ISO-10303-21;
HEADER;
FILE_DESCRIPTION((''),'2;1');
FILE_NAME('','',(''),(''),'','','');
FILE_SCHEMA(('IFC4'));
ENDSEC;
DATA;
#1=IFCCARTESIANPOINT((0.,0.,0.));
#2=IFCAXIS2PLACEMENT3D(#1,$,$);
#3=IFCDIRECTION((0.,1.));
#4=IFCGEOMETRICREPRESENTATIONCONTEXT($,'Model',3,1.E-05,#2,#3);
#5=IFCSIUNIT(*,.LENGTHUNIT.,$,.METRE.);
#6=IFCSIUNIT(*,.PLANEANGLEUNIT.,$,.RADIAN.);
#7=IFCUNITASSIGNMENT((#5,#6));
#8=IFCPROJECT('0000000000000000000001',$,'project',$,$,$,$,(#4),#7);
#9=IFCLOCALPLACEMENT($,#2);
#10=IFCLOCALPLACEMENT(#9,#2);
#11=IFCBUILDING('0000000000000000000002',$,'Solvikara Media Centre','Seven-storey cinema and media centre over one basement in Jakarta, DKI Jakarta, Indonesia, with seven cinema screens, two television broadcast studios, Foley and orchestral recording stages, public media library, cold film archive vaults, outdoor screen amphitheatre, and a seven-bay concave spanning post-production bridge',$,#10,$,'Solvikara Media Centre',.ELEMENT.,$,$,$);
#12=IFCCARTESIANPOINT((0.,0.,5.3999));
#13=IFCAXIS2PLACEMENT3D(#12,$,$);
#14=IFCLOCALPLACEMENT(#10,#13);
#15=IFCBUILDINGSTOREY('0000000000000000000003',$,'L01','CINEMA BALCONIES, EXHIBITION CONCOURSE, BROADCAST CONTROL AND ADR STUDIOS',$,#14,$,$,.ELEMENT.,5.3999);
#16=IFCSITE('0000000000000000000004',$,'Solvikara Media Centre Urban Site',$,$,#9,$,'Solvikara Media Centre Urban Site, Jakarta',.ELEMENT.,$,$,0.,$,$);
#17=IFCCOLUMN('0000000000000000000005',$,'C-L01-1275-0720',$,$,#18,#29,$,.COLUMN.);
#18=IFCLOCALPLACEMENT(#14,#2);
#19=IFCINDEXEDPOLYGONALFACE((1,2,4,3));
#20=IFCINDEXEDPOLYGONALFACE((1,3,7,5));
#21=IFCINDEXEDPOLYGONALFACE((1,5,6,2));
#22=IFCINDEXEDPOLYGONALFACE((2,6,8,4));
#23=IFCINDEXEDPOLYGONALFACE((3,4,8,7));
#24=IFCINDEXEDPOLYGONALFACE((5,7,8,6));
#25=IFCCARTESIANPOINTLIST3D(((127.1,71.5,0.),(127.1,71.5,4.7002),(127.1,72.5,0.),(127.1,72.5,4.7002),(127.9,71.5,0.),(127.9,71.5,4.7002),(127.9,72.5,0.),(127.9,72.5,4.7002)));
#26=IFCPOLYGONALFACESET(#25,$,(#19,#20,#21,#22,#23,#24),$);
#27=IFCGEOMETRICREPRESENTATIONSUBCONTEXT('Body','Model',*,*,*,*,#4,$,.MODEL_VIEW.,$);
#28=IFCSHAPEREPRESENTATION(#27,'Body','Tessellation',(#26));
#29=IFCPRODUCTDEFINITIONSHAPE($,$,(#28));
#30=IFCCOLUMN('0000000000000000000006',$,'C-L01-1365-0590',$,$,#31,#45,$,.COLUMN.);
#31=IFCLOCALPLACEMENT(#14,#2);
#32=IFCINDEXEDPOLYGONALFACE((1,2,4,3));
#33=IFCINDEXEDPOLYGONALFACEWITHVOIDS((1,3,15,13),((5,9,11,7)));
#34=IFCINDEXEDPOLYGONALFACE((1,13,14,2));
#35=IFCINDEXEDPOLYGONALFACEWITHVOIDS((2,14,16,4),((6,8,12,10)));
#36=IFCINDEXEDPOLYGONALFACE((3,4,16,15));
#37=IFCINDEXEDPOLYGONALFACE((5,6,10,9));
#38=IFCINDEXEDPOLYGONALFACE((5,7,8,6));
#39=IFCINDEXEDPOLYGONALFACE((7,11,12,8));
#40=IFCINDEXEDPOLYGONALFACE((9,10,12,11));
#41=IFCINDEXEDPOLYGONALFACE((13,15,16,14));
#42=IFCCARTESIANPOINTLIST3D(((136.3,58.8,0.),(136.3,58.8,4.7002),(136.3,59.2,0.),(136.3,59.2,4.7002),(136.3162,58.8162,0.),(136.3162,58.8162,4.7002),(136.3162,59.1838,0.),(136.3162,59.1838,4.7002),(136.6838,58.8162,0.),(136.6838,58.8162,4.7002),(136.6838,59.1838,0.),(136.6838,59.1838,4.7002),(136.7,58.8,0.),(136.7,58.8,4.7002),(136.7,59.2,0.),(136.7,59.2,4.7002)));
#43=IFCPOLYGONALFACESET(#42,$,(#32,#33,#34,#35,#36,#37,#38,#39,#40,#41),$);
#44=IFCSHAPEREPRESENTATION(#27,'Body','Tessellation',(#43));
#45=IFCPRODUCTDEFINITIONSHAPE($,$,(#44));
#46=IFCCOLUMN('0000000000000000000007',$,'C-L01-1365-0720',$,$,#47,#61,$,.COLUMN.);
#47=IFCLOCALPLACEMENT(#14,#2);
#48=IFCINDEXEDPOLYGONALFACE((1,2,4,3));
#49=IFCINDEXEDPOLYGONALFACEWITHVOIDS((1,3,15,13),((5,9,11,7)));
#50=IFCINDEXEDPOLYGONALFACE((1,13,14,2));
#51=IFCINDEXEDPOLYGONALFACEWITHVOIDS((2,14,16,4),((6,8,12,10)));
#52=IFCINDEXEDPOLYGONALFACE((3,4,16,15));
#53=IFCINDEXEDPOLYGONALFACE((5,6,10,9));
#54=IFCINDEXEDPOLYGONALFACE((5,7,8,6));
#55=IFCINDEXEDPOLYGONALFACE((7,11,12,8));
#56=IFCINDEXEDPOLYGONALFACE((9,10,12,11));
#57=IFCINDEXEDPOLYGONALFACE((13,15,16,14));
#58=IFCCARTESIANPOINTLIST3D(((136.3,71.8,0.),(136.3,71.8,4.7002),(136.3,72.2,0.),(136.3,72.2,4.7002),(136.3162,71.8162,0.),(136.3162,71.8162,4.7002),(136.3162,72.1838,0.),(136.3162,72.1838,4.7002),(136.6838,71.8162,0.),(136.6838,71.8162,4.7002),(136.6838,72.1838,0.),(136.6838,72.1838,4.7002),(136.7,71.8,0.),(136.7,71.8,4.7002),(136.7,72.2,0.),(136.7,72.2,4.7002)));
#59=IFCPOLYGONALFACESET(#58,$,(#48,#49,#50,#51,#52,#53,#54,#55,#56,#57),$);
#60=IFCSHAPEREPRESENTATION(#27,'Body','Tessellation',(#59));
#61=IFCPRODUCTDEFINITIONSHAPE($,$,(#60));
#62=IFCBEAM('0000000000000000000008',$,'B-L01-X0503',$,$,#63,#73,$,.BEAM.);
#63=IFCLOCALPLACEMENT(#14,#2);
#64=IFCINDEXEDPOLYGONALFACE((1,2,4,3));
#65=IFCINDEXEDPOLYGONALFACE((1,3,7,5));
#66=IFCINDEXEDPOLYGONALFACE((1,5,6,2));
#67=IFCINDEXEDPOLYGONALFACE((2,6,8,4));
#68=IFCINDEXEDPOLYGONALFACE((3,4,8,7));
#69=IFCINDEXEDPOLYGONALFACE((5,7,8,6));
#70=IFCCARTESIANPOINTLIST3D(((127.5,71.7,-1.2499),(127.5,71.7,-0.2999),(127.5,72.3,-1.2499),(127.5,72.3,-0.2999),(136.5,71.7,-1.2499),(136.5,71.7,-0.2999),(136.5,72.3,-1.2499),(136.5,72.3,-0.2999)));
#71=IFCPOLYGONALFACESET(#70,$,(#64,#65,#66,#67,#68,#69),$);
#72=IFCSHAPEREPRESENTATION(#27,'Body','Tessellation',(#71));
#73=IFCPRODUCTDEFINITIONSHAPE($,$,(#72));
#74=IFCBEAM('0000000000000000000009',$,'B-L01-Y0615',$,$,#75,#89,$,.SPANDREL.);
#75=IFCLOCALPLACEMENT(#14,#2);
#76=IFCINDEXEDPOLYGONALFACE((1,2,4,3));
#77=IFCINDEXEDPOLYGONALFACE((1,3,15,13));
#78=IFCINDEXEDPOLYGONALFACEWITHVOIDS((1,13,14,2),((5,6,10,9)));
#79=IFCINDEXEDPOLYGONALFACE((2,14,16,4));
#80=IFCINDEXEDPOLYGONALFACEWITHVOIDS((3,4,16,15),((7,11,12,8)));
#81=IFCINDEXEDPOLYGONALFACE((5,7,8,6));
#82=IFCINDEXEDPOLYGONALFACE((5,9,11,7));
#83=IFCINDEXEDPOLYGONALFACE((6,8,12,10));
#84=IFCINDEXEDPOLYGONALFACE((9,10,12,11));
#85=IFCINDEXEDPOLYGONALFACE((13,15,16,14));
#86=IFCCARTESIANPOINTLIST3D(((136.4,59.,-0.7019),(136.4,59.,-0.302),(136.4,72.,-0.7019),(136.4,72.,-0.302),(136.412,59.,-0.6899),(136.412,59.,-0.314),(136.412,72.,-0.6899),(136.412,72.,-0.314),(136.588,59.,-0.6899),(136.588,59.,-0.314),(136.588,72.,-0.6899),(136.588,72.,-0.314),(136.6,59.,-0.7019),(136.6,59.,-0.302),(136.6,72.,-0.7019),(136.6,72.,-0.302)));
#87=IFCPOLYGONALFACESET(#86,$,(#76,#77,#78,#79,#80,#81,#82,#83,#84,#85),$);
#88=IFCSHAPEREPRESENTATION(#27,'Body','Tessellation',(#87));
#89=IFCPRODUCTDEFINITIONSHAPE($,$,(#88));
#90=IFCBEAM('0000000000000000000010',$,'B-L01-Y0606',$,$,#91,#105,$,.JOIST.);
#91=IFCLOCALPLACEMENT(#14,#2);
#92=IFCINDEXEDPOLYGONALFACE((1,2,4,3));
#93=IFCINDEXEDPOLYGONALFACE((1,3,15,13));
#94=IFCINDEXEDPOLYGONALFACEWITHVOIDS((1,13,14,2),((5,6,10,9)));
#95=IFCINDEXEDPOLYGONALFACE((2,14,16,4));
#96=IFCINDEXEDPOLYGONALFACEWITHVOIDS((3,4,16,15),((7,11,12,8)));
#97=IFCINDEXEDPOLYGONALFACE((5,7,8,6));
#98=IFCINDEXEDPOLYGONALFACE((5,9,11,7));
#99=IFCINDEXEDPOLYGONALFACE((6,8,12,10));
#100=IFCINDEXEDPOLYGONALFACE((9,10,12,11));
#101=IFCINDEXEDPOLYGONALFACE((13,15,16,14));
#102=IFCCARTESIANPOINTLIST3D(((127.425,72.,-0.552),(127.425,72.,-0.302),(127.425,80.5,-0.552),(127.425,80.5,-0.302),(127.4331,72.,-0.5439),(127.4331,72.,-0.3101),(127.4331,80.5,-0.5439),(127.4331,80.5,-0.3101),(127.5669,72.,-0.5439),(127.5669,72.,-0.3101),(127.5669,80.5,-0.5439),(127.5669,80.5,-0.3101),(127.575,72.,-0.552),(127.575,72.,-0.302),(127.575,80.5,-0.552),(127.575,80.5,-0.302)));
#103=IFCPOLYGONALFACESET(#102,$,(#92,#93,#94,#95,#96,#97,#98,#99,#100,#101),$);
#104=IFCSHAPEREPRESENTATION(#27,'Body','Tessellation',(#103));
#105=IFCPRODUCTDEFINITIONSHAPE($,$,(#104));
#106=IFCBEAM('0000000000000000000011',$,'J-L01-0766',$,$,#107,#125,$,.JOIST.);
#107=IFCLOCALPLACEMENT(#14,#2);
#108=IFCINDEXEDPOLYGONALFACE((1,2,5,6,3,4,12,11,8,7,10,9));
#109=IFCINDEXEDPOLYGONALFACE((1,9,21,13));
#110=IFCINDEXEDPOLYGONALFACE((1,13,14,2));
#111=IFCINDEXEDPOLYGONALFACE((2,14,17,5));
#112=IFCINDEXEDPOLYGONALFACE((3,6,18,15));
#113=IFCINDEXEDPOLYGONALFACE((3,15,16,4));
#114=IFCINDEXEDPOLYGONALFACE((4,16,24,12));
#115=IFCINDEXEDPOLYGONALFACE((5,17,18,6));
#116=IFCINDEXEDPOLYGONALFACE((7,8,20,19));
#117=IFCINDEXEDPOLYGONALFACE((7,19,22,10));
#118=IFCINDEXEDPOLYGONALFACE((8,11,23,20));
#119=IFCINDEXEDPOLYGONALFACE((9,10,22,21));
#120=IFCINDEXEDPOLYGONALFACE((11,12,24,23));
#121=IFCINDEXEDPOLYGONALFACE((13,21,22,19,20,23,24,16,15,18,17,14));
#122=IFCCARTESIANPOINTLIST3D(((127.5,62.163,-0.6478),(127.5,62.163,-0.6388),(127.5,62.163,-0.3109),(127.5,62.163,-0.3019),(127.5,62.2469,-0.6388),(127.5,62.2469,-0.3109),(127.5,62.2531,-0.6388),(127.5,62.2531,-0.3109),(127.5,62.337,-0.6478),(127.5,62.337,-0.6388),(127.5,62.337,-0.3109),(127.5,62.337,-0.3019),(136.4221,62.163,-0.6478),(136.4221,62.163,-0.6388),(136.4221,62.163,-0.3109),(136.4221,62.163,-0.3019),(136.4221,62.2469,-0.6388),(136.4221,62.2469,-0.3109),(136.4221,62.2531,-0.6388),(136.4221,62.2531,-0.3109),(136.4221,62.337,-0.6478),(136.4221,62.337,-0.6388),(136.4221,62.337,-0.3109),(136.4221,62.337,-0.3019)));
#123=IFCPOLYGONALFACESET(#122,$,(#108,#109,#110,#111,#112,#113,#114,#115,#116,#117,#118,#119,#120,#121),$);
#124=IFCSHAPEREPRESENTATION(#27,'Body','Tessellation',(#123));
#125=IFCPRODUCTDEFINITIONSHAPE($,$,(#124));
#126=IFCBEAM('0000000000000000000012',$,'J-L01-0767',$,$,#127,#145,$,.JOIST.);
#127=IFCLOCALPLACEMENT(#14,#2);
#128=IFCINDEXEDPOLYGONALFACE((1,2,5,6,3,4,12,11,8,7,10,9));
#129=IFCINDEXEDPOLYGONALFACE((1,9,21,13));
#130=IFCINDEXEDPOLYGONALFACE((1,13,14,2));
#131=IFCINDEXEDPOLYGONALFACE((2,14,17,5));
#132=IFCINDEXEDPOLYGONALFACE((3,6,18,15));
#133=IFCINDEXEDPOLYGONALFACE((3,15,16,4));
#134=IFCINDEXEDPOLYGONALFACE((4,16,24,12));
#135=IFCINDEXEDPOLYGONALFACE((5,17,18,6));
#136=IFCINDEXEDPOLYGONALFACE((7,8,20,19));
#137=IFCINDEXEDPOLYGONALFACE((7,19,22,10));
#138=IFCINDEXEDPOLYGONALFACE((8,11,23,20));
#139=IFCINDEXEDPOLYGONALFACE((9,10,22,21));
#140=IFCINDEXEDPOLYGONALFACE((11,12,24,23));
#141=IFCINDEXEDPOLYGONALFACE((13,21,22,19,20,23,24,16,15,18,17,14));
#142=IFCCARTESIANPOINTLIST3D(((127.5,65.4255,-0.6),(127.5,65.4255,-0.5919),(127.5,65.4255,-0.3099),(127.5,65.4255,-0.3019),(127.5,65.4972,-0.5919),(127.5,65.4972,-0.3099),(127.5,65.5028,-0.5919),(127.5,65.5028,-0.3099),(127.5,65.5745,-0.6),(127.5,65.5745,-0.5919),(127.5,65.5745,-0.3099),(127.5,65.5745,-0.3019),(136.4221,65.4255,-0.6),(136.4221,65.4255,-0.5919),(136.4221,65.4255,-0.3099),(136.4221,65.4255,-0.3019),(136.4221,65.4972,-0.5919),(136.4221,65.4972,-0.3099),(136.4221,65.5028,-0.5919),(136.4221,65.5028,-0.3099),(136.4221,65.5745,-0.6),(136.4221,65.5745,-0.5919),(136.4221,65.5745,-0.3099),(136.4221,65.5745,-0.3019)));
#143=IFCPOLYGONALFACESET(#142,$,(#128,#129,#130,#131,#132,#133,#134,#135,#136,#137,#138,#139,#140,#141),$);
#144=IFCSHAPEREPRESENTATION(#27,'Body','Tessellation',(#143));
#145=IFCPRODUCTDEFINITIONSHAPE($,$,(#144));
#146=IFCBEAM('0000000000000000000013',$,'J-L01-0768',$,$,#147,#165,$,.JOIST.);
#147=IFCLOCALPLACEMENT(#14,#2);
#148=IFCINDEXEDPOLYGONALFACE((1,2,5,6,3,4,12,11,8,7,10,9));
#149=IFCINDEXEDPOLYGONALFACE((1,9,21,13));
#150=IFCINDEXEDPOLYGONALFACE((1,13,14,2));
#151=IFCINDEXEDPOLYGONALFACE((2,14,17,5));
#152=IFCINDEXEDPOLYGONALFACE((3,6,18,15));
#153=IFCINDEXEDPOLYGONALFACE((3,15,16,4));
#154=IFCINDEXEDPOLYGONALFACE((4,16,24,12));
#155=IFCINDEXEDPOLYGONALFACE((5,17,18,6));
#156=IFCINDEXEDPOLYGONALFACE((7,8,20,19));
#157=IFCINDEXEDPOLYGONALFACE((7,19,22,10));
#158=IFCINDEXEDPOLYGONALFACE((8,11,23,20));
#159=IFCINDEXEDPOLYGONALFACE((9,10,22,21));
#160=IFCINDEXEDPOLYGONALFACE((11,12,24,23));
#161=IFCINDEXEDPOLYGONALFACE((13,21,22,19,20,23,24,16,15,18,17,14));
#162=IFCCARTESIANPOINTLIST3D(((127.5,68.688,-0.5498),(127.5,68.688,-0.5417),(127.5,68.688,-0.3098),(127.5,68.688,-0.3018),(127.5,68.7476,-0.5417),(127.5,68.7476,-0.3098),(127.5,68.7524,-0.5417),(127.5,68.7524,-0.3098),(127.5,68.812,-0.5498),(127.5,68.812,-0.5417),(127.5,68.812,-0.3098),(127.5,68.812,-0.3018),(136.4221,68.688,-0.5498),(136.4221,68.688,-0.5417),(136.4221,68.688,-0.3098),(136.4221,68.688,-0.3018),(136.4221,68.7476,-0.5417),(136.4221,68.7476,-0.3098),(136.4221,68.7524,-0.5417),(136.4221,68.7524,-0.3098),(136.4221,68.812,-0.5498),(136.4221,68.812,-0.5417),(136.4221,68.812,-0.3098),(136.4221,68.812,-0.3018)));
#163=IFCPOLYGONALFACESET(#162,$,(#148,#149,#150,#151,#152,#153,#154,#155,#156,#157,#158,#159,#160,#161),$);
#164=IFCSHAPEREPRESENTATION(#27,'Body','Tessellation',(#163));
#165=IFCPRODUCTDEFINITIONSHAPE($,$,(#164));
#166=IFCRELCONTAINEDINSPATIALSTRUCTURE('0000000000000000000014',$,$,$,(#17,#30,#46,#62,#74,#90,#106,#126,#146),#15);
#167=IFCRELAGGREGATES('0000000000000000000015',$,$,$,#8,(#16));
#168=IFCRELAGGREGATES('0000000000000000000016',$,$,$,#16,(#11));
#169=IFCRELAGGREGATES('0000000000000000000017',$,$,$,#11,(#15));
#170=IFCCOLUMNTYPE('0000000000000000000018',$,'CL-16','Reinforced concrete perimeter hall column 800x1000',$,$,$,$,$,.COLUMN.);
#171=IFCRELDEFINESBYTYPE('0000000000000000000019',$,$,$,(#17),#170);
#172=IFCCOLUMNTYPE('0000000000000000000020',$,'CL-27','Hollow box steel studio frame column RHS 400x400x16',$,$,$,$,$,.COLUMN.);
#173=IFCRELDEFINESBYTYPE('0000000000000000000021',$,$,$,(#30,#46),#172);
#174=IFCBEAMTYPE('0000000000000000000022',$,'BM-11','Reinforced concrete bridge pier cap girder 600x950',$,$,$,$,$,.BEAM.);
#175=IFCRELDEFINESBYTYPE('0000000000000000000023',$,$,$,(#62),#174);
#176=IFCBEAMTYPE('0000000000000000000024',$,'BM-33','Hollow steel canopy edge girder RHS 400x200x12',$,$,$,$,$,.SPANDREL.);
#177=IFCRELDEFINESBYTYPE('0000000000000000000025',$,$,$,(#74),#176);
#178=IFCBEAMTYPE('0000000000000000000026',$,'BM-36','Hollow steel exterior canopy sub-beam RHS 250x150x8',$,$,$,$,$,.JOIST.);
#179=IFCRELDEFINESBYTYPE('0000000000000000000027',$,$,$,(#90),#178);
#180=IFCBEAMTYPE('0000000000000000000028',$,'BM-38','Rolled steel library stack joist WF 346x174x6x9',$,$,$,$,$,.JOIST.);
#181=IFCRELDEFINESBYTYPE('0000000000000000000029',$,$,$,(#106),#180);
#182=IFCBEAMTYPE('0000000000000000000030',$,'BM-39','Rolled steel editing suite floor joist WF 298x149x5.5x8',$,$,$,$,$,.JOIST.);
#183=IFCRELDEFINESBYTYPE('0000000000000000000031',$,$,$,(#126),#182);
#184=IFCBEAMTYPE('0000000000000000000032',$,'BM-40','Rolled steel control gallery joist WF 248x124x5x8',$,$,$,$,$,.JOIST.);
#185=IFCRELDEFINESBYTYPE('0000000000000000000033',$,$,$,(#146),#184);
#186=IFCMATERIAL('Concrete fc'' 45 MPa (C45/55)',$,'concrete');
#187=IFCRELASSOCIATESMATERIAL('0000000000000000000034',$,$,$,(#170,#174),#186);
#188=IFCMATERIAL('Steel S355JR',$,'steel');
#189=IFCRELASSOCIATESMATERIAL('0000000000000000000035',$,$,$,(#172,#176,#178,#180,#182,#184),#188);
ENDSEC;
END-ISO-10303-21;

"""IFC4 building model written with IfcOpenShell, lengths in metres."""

from ifc_helpers import new_model, si_unit, direction, frame, origin, origin_2d, place, context, subcontext, project, spatial, rectangle, hollow_rectangle, i_section, extrude, material, material_profile, profile_set, type_object, element, save


model = new_model("IFC4")

# Units and contexts
model_context = context("Model", 3, precision=1e-05, world=origin(), true_north=direction((0.0, 1.0)))
body_context = subcontext(model_context, "Body", "Model", "MODEL_VIEW")
ifc_project = project(units=[si_unit("LENGTHUNIT", "METRE"), si_unit("PLANEANGLEUNIT", "RADIAN")], contexts=[model_context])

# Site, building, storey
site_placement = place(None, origin())
site = spatial("IfcSite", under=ifc_project, at=site_placement, Name="Solvikara Media Centre Urban Site", LongName="Solvikara Media Centre Urban Site, Jakarta", CompositionType="ELEMENT", RefElevation=0.0)
building_placement = place(site_placement, origin())
building = spatial("IfcBuilding", under=site, at=building_placement, Name="Solvikara Media Centre", Description="Seven-storey cinema and media centre over one basement in Jakarta, DKI Jakarta, Indonesia, with seven cinema screens, two television broadcast studios, Foley and orchestral recording stages, public media library, cold film archive vaults, outdoor screen amphitheatre, and a seven-bay concave spanning post-production bridge", LongName="Solvikara Media Centre", CompositionType="ELEMENT")
storey_placement = place(building_placement, frame((0.0, 0.0, 5.3999)))
storey = spatial("IfcBuildingStorey", under=building, at=storey_placement, Name="L01", Description="CINEMA BALCONIES, EXHIBITION CONCOURSE, BROADCAST CONTROL AND ADR STUDIOS", CompositionType="ELEMENT", Elevation=5.3999)

# Columns
ifc_material_1 = material(Name="Concrete fc' 45 MPa (C45/55)", Category="concrete")
ifc_material_profile_1 = material_profile(ifc_material_1, rectangle(XDim=0.8, YDim=1.0, at=origin_2d()), Name="RC 800x1000")
ifc_profile_set_1 = profile_set([ifc_material_profile_1], Name="Concrete fc' 45 MPa (C45/55)")
column_type_1 = type_object("IfcColumnType", Name="CL-16", Description="Reinforced concrete perimeter hall column 800x1000", PredefinedType="COLUMN", material=ifc_profile_set_1)
column_placement = place(storey_placement, frame((127.5, 72.0, 0.0), z_axis=(0.0, 0.0, 1.0), x_axis=(1.0, 0.0, 0.0)))
element("IfcColumn", 1, at=column_placement, inside=storey, type_object=column_type_1, Name="C-L01-1275-0720", PredefinedType="COLUMN", context=body_context, shape_type="SweptSolid", body=[
    extrude(rectangle(XDim=0.8, YDim=1.0, at=origin_2d()), origin(), (0.0, 0.0, 1.0), 4.7002),
])
ifc_material_2 = material(Name="Steel S355JR", Category="steel")
ifc_material_profile_2 = material_profile(ifc_material_2, hollow_rectangle(XDim=0.3999, YDim=0.3999, WallThickness=0.0161, at=origin_2d()), Name="RHS 400x400x16")
ifc_profile_set_2 = profile_set([ifc_material_profile_2], Name="Steel S355JR")
column_type_2 = type_object("IfcColumnType", Name="CL-27", Description="Hollow box steel studio frame column RHS 400x400x16", PredefinedType="COLUMN", material=ifc_profile_set_2)
for number, where, z_axis, x_axis, name in (
    (2, (136.5, 59.0, 0.0), (0.0, 0.0, 1.0), (1.0, 0.0, 0.0), "C-L01-1365-0590"),
    (3, (136.5, 72.0, 0.0), (0.0, 0.0, 1.0), (1.0, 0.0, 0.0), "C-L01-1365-0720"),
):
    element("IfcColumn", number, at=place(storey_placement, frame(where, z_axis=z_axis, x_axis=x_axis)), inside=storey, type_object=column_type_2, Name=name, PredefinedType="COLUMN", context=body_context, shape_type="SweptSolid", body=[
        extrude(hollow_rectangle(XDim=0.3999, YDim=0.3999, WallThickness=0.0161, at=origin_2d()), origin(), (0.0, 0.0, 1.0), 4.7002),
    ])

# Beams
ifc_material_profile_3 = material_profile(ifc_material_1, rectangle(XDim=0.6001, YDim=0.95, at=origin_2d()), Name="RC 600x950")
ifc_profile_set_3 = profile_set([ifc_material_profile_3], Name="Concrete fc' 45 MPa (C45/55)")
beam_type_1 = type_object("IfcBeamType", Name="BM-11", Description="Reinforced concrete bridge pier cap girder 600x950", PredefinedType="BEAM", material=ifc_profile_set_3)
beam_1_placement = place(storey_placement, frame((127.5, 72.0, -0.7749), z_axis=(1.0, 0.0, 0.0), x_axis=(0.0, 1.0, 0.0)))
element("IfcBeam", 4, at=beam_1_placement, inside=storey, type_object=beam_type_1, Name="B-L01-X0503", PredefinedType="BEAM", context=body_context, shape_type="SweptSolid", body=[
    extrude(rectangle(XDim=0.6001, YDim=0.95, at=origin_2d()), origin(), (0.0, 0.0, 1.0), 9.0),
])
ifc_material_profile_4 = material_profile(ifc_material_2, hollow_rectangle(XDim=0.2, YDim=0.3999, WallThickness=0.012, at=origin_2d()), Name="RHS 400x200x12")
ifc_profile_set_4 = profile_set([ifc_material_profile_4], Name="Steel S355JR")
beam_type_2 = type_object("IfcBeamType", Name="BM-33", Description="Hollow steel canopy edge girder RHS 400x200x12", PredefinedType="SPANDREL", material=ifc_profile_set_4)
beam_2_placement = place(storey_placement, frame((136.5, 59.0, -0.502), z_axis=(0.0, 1.0, 0.0), x_axis=(-1.0, 0.0, 0.0)))
element("IfcBeam", 5, at=beam_2_placement, inside=storey, type_object=beam_type_2, Name="B-L01-Y0615", PredefinedType="SPANDREL", context=body_context, shape_type="SweptSolid", body=[
    extrude(hollow_rectangle(XDim=0.2, YDim=0.3999, WallThickness=0.012, at=origin_2d()), origin(), (0.0, 0.0, 1.0), 13.0),
])
ifc_material_profile_5 = material_profile(ifc_material_2, hollow_rectangle(XDim=0.1499, YDim=0.25, WallThickness=0.0081, at=origin_2d()), Name="RHS 250x150x8")
ifc_profile_set_5 = profile_set([ifc_material_profile_5], Name="Steel S355JR")
beam_type_3 = type_object("IfcBeamType", Name="BM-36", Description="Hollow steel exterior canopy sub-beam RHS 250x150x8", PredefinedType="JOIST", material=ifc_profile_set_5)
beam_3_placement = place(storey_placement, frame((127.5, 72.0, -0.427), z_axis=(0.0, 1.0, 0.0), x_axis=(-1.0, 0.0, 0.0)))
element("IfcBeam", 6, at=beam_3_placement, inside=storey, type_object=beam_type_3, Name="B-L01-Y0606", PredefinedType="JOIST", context=body_context, shape_type="SweptSolid", body=[
    extrude(hollow_rectangle(XDim=0.1499, YDim=0.25, WallThickness=0.0081, at=origin_2d()), origin(), (0.0, 0.0, 1.0), 8.5),
])
ifc_material_profile_6 = material_profile(ifc_material_2, i_section(OverallWidth=0.1741, OverallDepth=0.3459, WebThickness=0.0061, FlangeThickness=0.009, at=origin_2d()), Name="WF 346x174x6x9")
ifc_profile_set_6 = profile_set([ifc_material_profile_6], Name="Steel S355JR")
beam_type_4 = type_object("IfcBeamType", Name="BM-38", Description="Rolled steel library stack joist WF 346x174x6x9", PredefinedType="JOIST", material=ifc_profile_set_6)
beam_4_placement = place(storey_placement, frame((127.5, 62.25, -0.4749), z_axis=(1.0, 0.0, 0.0), x_axis=(0.0, 1.0, 0.0)))
element("IfcBeam", 7, at=beam_4_placement, inside=storey, type_object=beam_type_4, Name="J-L01-0766", PredefinedType="JOIST", context=body_context, shape_type="SweptSolid", body=[
    extrude(i_section(OverallWidth=0.1741, OverallDepth=0.3459, WebThickness=0.0061, FlangeThickness=0.009, at=origin_2d()), origin(), (0.0, 0.0, 1.0), 8.9221),
])
ifc_material_profile_7 = material_profile(ifc_material_2, i_section(OverallWidth=0.1489, OverallDepth=0.2981, WebThickness=0.0056, FlangeThickness=0.0081, at=origin_2d()), Name="WF 298x149x5.5x8")
ifc_profile_set_7 = profile_set([ifc_material_profile_7], Name="Steel S355JR")
beam_type_5 = type_object("IfcBeamType", Name="BM-39", Description="Rolled steel editing suite floor joist WF 298x149x5.5x8", PredefinedType="JOIST", material=ifc_profile_set_7)
beam_5_placement = place(storey_placement, frame((127.5, 65.5, -0.4509), z_axis=(1.0, 0.0, 0.0), x_axis=(0.0, 1.0, 0.0)))
element("IfcBeam", 8, at=beam_5_placement, inside=storey, type_object=beam_type_5, Name="J-L01-0767", PredefinedType="JOIST", context=body_context, shape_type="SweptSolid", body=[
    extrude(i_section(OverallWidth=0.1489, OverallDepth=0.2981, WebThickness=0.0056, FlangeThickness=0.0081, at=origin_2d()), origin(), (0.0, 0.0, 1.0), 8.9221),
])
ifc_material_profile_8 = material_profile(ifc_material_2, i_section(OverallWidth=0.124, OverallDepth=0.248, WebThickness=0.0049, FlangeThickness=0.0081, at=origin_2d()), Name="WF 248x124x5x8")
ifc_profile_set_8 = profile_set([ifc_material_profile_8], Name="Steel S355JR")
beam_type_6 = type_object("IfcBeamType", Name="BM-40", Description="Rolled steel control gallery joist WF 248x124x5x8", PredefinedType="JOIST", material=ifc_profile_set_8)
beam_6_placement = place(storey_placement, frame((127.5, 68.75, -0.4258), z_axis=(1.0, 0.0, 0.0), x_axis=(0.0, 1.0, 0.0)))
element("IfcBeam", 9, at=beam_6_placement, inside=storey, type_object=beam_type_6, Name="J-L01-0768", PredefinedType="JOIST", context=body_context, shape_type="SweptSolid", body=[
    extrude(i_section(OverallWidth=0.124, OverallDepth=0.248, WebThickness=0.0049, FlangeThickness=0.0081, at=origin_2d()), origin(), (0.0, 0.0, 1.0), 8.9221),
])

save(model, "model.ifc")
